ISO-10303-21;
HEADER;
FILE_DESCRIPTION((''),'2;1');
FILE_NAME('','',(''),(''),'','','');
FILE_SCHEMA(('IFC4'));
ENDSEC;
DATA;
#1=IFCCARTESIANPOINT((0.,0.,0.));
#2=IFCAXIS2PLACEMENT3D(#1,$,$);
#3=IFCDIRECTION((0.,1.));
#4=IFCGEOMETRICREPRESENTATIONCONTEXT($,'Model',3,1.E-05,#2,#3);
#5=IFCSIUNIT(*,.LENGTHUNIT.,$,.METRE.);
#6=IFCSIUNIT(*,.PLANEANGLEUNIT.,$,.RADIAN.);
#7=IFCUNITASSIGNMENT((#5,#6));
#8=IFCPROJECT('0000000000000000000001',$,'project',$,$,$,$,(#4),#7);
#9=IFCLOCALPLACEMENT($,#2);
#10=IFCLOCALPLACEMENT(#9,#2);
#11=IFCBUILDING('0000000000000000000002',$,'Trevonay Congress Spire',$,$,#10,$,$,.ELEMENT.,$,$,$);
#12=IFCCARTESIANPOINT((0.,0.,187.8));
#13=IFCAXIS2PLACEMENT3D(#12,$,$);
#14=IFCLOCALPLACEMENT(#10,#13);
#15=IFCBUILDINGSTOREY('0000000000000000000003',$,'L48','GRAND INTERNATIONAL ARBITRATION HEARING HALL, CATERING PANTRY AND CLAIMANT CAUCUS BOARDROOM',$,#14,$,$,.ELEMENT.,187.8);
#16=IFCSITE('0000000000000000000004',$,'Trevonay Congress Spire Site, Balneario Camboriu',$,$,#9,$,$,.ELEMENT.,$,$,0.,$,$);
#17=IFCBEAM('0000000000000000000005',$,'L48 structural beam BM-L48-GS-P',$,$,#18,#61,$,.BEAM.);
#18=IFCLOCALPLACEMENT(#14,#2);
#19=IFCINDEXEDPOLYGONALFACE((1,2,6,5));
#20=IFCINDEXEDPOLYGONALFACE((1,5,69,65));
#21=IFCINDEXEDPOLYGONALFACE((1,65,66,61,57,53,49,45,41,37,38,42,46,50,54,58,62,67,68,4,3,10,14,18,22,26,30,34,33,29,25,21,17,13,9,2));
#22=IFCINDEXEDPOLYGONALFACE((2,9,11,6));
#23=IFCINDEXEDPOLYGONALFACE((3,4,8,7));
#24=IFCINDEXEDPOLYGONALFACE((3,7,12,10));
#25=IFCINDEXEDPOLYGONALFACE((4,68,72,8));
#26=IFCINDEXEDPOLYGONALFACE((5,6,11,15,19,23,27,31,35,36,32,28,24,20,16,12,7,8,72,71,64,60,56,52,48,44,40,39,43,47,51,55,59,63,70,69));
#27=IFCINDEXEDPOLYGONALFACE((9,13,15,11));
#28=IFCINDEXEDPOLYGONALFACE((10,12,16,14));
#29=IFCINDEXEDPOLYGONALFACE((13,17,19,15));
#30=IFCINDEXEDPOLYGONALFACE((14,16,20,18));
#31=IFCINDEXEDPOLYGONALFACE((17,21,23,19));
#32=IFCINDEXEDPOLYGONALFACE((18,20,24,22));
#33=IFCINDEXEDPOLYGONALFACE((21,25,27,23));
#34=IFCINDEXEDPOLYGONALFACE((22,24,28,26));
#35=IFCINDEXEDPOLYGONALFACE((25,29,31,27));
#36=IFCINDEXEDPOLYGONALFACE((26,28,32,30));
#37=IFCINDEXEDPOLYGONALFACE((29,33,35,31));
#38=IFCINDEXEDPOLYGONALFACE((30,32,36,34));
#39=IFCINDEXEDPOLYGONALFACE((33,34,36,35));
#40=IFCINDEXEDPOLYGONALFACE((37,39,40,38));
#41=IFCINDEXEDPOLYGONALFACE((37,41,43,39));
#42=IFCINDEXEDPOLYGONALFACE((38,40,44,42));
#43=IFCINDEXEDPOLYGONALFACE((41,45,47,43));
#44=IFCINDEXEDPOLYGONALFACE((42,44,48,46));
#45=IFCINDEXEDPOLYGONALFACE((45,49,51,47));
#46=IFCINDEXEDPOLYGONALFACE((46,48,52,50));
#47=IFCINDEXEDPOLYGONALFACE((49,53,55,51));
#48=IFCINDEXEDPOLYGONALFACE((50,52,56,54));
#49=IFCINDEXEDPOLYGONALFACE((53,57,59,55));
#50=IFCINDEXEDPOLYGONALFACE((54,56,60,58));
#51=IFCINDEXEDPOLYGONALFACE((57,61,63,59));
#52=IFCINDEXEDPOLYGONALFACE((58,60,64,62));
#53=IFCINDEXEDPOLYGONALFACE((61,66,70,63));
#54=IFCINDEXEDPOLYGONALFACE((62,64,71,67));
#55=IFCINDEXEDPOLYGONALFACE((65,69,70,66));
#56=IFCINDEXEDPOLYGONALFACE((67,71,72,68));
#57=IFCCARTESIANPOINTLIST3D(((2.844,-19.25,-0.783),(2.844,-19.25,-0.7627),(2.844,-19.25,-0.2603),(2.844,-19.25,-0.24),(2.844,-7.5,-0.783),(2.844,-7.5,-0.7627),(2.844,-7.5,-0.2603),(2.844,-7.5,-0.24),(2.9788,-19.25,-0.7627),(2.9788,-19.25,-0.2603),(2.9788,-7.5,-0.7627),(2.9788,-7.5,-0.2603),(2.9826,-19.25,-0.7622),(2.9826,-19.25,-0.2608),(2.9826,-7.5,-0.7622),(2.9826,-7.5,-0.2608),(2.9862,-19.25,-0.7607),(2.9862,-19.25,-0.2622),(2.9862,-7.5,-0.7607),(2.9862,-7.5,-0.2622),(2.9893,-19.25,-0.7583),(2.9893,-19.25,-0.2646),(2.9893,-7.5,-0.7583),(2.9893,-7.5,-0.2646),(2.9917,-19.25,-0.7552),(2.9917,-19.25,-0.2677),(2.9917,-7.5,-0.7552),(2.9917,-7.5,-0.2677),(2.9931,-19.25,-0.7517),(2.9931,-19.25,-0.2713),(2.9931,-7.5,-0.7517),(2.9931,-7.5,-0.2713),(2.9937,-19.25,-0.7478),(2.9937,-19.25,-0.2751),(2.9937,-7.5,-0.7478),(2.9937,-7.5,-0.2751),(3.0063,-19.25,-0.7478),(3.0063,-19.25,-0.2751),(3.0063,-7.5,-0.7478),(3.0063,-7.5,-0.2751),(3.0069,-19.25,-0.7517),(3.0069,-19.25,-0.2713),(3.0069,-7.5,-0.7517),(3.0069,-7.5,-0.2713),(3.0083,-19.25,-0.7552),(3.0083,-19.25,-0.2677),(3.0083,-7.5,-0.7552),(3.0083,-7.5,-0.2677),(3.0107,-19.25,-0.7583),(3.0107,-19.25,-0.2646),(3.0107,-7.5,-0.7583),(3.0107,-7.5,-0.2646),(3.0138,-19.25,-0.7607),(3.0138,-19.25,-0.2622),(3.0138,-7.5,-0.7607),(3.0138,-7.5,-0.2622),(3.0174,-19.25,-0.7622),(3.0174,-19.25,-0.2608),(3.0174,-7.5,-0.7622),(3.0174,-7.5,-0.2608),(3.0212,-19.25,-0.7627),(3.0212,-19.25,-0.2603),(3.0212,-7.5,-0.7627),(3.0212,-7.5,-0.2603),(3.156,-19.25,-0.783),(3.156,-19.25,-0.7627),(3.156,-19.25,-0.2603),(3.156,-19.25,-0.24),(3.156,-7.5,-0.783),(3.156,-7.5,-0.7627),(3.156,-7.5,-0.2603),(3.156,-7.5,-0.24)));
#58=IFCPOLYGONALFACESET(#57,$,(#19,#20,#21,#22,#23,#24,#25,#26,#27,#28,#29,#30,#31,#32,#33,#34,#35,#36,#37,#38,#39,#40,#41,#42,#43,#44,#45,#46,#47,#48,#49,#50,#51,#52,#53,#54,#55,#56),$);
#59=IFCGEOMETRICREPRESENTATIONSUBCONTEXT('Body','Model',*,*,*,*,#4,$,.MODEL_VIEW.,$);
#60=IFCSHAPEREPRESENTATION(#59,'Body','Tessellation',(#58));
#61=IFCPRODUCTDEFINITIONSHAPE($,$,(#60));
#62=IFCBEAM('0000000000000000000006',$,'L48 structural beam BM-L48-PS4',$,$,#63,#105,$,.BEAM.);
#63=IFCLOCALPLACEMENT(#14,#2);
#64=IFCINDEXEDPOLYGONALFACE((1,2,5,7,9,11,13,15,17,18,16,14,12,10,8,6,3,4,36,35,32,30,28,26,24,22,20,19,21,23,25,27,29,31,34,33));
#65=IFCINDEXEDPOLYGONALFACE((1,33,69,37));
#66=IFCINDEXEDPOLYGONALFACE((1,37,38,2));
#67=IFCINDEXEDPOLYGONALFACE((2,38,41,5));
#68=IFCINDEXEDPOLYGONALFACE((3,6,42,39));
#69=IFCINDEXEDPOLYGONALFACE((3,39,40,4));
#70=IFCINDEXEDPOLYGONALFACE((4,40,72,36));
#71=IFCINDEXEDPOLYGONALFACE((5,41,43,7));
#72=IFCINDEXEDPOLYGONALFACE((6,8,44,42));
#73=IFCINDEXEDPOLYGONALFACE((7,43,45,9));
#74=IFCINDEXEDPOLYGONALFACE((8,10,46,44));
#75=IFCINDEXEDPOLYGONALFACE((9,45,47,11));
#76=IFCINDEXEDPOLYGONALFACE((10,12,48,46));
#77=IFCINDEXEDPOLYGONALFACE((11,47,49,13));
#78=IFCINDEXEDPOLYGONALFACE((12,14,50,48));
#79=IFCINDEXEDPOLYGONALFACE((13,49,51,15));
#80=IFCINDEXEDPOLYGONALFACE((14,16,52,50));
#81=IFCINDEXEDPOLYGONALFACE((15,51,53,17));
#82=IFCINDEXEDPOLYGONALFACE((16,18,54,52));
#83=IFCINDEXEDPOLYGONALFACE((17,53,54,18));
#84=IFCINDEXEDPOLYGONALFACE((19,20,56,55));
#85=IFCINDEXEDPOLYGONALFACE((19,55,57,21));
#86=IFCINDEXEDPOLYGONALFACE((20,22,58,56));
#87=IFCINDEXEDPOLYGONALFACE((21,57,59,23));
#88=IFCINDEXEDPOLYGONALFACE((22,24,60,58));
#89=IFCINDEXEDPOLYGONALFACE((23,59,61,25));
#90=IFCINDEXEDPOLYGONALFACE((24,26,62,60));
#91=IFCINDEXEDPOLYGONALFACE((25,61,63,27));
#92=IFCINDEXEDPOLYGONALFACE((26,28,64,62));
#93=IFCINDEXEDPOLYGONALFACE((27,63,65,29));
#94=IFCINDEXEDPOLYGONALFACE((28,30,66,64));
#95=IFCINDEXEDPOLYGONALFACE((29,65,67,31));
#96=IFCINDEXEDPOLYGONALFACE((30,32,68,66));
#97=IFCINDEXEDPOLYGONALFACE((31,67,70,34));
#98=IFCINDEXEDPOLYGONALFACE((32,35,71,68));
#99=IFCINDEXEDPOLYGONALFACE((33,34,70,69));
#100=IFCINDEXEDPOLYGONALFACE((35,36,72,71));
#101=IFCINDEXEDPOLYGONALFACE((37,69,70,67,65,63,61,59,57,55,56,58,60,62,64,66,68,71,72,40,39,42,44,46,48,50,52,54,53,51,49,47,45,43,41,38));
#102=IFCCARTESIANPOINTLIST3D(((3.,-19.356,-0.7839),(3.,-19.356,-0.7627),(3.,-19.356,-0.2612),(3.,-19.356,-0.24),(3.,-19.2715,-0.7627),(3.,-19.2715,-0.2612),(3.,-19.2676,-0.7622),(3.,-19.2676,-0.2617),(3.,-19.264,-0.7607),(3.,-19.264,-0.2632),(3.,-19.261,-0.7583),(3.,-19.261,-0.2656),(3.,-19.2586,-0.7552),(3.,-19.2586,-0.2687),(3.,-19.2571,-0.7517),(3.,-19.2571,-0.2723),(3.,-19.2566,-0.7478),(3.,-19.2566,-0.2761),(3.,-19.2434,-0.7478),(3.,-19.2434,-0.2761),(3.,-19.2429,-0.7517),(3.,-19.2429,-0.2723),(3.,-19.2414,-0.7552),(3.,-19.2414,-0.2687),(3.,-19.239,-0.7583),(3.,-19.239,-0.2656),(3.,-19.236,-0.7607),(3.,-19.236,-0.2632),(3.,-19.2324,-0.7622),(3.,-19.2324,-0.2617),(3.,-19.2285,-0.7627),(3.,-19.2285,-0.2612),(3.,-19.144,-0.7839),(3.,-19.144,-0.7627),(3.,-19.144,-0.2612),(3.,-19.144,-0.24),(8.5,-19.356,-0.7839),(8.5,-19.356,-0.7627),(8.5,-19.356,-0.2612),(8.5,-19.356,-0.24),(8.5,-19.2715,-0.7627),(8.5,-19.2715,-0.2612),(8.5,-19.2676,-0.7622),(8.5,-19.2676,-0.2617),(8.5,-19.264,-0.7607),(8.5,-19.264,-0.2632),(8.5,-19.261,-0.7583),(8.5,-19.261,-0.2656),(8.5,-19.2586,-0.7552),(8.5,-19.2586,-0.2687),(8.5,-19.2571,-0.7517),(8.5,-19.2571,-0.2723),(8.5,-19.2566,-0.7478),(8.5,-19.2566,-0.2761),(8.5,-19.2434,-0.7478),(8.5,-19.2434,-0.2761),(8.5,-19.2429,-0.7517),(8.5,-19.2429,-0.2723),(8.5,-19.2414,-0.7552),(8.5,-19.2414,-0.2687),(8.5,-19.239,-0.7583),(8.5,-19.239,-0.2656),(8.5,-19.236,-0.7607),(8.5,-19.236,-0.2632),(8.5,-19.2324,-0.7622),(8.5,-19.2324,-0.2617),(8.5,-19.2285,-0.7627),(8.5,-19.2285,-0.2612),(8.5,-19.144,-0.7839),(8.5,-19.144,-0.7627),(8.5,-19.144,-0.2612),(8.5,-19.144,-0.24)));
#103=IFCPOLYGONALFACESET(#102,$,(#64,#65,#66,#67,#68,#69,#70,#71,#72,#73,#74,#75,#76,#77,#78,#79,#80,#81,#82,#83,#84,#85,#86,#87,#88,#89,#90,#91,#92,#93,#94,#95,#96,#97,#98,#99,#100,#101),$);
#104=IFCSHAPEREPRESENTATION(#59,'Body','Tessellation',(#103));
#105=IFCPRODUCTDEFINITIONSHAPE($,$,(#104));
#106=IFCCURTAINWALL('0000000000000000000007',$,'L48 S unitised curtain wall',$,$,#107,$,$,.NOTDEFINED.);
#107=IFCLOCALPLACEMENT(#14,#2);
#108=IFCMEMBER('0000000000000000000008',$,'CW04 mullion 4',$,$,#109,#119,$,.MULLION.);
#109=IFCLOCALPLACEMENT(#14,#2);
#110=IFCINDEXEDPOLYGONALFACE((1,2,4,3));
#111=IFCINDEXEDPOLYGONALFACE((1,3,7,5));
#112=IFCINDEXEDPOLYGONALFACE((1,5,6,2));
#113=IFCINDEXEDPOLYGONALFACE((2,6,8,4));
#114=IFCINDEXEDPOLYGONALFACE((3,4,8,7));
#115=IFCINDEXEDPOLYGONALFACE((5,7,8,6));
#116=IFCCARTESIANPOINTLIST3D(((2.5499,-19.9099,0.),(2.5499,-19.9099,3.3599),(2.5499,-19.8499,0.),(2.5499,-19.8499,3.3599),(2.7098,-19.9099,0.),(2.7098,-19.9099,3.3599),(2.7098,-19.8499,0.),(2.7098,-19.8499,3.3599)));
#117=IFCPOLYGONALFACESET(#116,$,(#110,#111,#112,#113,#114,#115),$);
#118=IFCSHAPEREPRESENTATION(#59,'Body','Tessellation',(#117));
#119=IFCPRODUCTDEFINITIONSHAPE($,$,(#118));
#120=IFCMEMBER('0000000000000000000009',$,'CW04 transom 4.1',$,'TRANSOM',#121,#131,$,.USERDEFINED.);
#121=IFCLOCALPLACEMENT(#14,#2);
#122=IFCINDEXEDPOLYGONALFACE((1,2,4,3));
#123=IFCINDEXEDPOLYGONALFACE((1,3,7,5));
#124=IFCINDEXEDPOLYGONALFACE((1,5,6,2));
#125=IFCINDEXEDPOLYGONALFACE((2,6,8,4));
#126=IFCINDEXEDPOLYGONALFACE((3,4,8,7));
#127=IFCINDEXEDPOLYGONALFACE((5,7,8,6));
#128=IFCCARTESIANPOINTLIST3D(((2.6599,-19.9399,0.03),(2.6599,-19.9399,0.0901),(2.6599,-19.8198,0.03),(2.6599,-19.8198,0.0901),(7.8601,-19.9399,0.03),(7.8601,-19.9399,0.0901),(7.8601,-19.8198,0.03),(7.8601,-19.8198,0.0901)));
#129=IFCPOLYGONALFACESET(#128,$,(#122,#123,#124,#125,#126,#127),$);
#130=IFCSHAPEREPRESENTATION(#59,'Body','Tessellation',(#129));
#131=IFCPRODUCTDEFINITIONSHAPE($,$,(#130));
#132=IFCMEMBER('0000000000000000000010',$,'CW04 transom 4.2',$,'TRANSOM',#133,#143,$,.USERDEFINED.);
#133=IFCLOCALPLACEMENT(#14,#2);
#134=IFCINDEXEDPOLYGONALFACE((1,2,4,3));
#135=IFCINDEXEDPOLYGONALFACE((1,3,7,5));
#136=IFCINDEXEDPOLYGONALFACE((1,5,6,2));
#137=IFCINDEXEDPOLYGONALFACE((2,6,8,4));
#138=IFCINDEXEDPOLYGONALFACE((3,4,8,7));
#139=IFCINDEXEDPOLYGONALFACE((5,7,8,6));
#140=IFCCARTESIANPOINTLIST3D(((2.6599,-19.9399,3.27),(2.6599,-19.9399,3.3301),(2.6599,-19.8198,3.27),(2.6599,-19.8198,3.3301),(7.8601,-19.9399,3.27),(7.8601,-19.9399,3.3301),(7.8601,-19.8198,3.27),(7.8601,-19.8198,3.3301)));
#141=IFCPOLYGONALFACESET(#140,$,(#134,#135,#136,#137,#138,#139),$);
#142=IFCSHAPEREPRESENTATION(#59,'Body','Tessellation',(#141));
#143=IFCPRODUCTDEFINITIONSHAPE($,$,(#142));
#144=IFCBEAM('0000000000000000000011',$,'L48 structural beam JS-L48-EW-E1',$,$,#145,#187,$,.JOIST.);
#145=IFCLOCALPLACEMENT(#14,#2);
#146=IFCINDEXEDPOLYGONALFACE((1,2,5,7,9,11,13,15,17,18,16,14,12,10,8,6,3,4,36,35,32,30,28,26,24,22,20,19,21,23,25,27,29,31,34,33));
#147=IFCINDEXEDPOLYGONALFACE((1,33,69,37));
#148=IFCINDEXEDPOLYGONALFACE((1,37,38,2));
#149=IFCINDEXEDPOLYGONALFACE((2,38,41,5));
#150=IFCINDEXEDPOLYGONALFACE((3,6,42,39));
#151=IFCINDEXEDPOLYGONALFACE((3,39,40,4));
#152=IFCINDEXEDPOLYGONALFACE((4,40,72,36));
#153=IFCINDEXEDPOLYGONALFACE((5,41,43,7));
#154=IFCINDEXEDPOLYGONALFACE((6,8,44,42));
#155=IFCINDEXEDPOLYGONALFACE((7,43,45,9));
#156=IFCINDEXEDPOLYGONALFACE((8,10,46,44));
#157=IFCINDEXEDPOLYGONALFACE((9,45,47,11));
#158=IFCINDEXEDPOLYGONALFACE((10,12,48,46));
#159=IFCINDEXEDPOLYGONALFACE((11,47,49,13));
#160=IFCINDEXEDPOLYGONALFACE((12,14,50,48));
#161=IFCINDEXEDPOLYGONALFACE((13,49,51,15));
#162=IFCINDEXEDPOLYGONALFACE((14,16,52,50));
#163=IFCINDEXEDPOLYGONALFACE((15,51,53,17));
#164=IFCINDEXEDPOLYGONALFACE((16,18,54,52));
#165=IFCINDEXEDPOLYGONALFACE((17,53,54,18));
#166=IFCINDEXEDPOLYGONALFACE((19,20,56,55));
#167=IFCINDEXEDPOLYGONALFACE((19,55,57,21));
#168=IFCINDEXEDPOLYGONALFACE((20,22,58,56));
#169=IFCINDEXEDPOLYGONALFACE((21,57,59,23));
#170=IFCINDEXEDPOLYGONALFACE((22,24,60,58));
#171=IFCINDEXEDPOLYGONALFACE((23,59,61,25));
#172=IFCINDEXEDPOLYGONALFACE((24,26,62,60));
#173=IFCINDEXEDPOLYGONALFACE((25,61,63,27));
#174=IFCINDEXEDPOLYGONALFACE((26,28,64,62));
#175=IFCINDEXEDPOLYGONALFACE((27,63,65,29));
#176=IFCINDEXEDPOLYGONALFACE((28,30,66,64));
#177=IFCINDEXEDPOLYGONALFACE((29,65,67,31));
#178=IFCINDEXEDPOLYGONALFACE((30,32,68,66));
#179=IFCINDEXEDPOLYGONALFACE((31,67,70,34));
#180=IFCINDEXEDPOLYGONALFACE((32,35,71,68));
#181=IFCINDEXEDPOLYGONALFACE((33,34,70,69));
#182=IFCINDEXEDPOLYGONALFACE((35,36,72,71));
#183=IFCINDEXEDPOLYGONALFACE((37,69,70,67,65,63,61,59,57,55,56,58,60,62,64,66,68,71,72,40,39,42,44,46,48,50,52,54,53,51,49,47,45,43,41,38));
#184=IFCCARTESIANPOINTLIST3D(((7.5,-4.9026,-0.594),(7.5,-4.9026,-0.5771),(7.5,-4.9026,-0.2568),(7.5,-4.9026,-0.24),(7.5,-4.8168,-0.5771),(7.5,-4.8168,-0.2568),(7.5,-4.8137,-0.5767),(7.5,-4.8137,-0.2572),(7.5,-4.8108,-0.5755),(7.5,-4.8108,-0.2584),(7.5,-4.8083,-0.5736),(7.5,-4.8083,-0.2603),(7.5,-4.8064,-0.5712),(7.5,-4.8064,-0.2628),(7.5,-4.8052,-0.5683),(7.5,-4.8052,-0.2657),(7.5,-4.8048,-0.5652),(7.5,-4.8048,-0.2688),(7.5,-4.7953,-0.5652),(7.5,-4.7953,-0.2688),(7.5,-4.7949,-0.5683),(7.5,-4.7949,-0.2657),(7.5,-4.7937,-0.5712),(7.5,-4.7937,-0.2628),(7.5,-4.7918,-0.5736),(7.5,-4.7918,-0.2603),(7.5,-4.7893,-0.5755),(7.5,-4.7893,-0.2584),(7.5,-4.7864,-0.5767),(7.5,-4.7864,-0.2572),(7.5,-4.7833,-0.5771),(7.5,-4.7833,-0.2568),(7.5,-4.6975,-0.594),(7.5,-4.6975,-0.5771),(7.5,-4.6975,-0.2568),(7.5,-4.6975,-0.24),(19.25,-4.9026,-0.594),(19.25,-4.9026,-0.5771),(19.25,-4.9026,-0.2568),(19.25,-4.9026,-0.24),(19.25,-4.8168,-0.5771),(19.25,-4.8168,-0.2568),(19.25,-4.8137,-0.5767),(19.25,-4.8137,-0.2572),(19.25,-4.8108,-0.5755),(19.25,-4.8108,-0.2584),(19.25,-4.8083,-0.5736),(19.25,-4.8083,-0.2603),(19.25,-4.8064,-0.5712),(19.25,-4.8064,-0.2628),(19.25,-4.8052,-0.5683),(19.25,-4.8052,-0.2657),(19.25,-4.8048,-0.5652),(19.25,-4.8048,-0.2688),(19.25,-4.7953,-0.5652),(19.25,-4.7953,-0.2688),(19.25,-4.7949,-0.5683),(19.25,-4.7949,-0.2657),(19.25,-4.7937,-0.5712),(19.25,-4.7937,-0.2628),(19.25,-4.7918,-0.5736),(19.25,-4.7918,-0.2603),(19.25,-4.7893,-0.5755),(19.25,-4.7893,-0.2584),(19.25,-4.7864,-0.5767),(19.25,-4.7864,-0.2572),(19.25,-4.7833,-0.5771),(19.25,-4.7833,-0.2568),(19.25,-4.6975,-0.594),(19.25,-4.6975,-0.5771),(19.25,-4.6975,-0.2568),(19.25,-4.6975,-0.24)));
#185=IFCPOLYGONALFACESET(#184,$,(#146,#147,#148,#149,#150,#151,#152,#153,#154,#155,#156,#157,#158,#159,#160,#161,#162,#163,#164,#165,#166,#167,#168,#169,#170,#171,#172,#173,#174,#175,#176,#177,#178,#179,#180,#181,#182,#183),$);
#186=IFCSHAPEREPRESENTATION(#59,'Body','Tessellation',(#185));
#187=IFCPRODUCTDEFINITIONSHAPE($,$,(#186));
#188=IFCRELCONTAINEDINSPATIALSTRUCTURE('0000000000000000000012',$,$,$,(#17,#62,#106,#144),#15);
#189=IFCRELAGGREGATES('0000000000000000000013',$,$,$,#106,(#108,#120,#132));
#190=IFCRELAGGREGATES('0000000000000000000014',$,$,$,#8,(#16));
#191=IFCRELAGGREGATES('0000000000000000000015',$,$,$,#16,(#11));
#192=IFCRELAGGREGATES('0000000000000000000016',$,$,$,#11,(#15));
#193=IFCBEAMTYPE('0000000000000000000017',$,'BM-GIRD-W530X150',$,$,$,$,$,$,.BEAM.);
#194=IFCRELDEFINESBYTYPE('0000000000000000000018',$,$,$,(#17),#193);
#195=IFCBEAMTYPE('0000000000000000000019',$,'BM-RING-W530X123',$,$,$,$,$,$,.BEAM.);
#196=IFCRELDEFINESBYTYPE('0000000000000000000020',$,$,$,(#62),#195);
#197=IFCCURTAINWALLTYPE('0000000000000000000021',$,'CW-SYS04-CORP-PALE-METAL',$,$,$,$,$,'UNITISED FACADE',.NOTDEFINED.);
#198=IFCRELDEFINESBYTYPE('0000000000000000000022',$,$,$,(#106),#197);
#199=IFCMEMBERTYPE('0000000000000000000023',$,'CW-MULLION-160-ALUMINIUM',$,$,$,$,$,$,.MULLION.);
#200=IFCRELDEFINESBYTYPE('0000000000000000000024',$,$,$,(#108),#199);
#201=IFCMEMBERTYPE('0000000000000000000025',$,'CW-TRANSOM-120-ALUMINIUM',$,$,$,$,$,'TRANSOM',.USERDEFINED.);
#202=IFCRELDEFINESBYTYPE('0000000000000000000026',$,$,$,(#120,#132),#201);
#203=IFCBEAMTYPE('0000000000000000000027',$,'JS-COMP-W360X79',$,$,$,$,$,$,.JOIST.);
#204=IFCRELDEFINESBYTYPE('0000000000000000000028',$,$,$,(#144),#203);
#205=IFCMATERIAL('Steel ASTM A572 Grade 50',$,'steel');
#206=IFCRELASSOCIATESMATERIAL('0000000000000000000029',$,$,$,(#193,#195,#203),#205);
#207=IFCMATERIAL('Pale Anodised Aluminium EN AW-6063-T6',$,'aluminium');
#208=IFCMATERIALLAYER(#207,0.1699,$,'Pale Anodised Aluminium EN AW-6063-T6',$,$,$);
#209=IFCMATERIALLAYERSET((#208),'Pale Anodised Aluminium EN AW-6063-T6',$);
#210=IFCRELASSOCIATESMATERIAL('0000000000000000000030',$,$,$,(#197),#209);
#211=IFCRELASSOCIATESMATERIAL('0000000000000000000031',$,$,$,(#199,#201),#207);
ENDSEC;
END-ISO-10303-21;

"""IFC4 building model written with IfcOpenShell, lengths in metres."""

from ifc_helpers import new_model, si_unit, direction, frame, origin, origin_2d, place, context, subcontext, project, spatial, rectangle, i_section, extrude, material, layer, layer_set, material_profile, profile_set, type_object, element, aggregate, save


model = new_model("IFC4")

# Units and contexts
model_context = context("Model", 3, precision=1e-05, world=origin(), true_north=direction((0.0, 1.0)))
body_context = subcontext(model_context, "Body", "Model", "MODEL_VIEW")
ifc_project = project(units=[si_unit("LENGTHUNIT", "METRE"), si_unit("PLANEANGLEUNIT", "RADIAN")], contexts=[model_context])

# Site, building, storey
site_placement = place(None, origin())
site = spatial("IfcSite", under=ifc_project, at=site_placement, Name="Trevonay Congress Spire Site, Balneario Camboriu", CompositionType="ELEMENT", RefElevation=0.0)
building_placement = place(site_placement, origin())
building = spatial("IfcBuilding", under=site, at=building_placement, Name="Trevonay Congress Spire", CompositionType="ELEMENT")
storey_placement = place(building_placement, frame((0.0, 0.0, 187.8)))
storey = spatial("IfcBuildingStorey", under=building, at=storey_placement, Name="L48", Description="GRAND INTERNATIONAL ARBITRATION HEARING HALL, CATERING PANTRY AND CLAIMANT CAUCUS BOARDROOM", CompositionType="ELEMENT", Elevation=187.8)

# Shared definitions
ifc_material_1 = material(Name="Steel ASTM A572 Grade 50", Category="steel")

# Beams
ifc_material_profile_1 = material_profile(ifc_material_1, i_section(OverallWidth=0.312, OverallDepth=0.543, WebThickness=0.0127, FlangeThickness=0.0203, FilletRadius=0.0149, at=origin_2d()), Name="W530x150")
ifc_profile_set_1 = profile_set([ifc_material_profile_1], Name="Steel ASTM A572 Grade 50")
beam_type_1 = type_object("IfcBeamType", Name="BM-GIRD-W530X150", PredefinedType="BEAM", material=ifc_profile_set_1)
beam_1_placement = place(storey_placement, frame((3.0, -7.5, -0.5115), z_axis=(0.0, -1.0, 0.0), x_axis=(1.0, 0.0, 0.0)))
element("IfcBeam", 1, at=beam_1_placement, inside=storey, type_object=beam_type_1, Name="L48 structural beam BM-L48-GS-P", PredefinedType="BEAM", context=body_context, shape_type="SweptSolid", body=[
    extrude(i_section(OverallWidth=0.312, OverallDepth=0.543, WebThickness=0.0127, FlangeThickness=0.0203, FilletRadius=0.0149, at=origin_2d()), origin(), (0.0, 0.0, 1.0), 11.75),
])
ifc_material_profile_2 = material_profile(ifc_material_1, i_section(OverallWidth=0.2119, OverallDepth=0.5439, WebThickness=0.0132, FlangeThickness=0.0212, FilletRadius=0.0149, at=origin_2d()), Name="W530x123")
ifc_profile_set_2 = profile_set([ifc_material_profile_2], Name="Steel ASTM A572 Grade 50")
beam_type_2 = type_object("IfcBeamType", Name="BM-RING-W530X123", PredefinedType="BEAM", material=ifc_profile_set_2)
beam_2_placement = place(storey_placement, frame((3.0, -19.25, -0.512), z_axis=(1.0, 0.0, 0.0), x_axis=(0.0, 1.0, 0.0)))
element("IfcBeam", 2, at=beam_2_placement, inside=storey, type_object=beam_type_2, Name="L48 structural beam BM-L48-PS4", PredefinedType="BEAM", context=body_context, shape_type="SweptSolid", body=[
    extrude(i_section(OverallWidth=0.2119, OverallDepth=0.5439, WebThickness=0.0132, FlangeThickness=0.0212, FilletRadius=0.0149, at=origin_2d()), origin(), (0.0, 0.0, 1.0), 5.5),
])

# Curtain wall, members
ifc_material_2 = material(Name="Pale Anodised Aluminium EN AW-6063-T6", Category="aluminium")
ifc_layer_1 = layer(ifc_material_2, 0.1699, Name="Pale Anodised Aluminium EN AW-6063-T6")
ifc_layer_set_1 = layer_set([ifc_layer_1], Name="Pale Anodised Aluminium EN AW-6063-T6")
curtain_wall_type = type_object("IfcCurtainWallType", Name="CW-SYS04-CORP-PALE-METAL", ElementType="UNITISED FACADE", PredefinedType="NOTDEFINED", material=ifc_layer_set_1)
curtain_wall_placement = place(storey_placement, origin())
curtain_wall = element("IfcCurtainWall", 3, at=curtain_wall_placement, inside=storey, type_object=curtain_wall_type, Name="L48 S unitised curtain wall", PredefinedType="NOTDEFINED")
ifc_material_profile_3 = material_profile(ifc_material_2, rectangle(XDim=0.0601, YDim=0.1599, at=origin_2d()), Name="CW-MULLION-160-ALUMINIUM")
ifc_profile_set_3 = profile_set([ifc_material_profile_3], Name="Pale Anodised Aluminium EN AW-6063-T6")
member_type_1 = type_object("IfcMemberType", Name="CW-MULLION-160-ALUMINIUM", PredefinedType="MULLION", material=ifc_profile_set_3)
member_1_placement = place(storey_placement, frame((2.6299, -19.8799, 0.0), z_axis=(0.0, 0.0, 1.0), x_axis=(0.0, 1.0, 0.0)))
member_1 = element("IfcMember", 4, at=member_1_placement, type_object=member_type_1, Name="CW04 mullion 4", PredefinedType="MULLION", context=body_context, shape_type="SweptSolid", body=[
    extrude(rectangle(XDim=0.0601, YDim=0.1599, at=origin_2d()), origin(), (0.0, 0.0, 1.0), 3.3599),
])
ifc_material_profile_4 = material_profile(ifc_material_2, rectangle(XDim=0.1201, YDim=0.0601, at=origin_2d()), Name="CW-TRANSOM-120-ALUMINIUM")
ifc_profile_set_4 = profile_set([ifc_material_profile_4], Name="Pale Anodised Aluminium EN AW-6063-T6")
member_type_2 = type_object("IfcMemberType", Name="CW-TRANSOM-120-ALUMINIUM", ElementType="TRANSOM", PredefinedType="USERDEFINED", material=ifc_profile_set_4)
member_2_placement = place(storey_placement, frame((2.6599, -19.8799, 0.0601), z_axis=(1.0, 0.0, 0.0), x_axis=(0.0, 1.0, 0.0)))
member_2 = element("IfcMember", 5, at=member_2_placement, type_object=member_type_2, Name="CW04 transom 4.1", ObjectType="TRANSOM", PredefinedType="USERDEFINED", context=body_context, shape_type="SweptSolid", body=[
    extrude(rectangle(XDim=0.1201, YDim=0.0601, at=origin_2d()), origin(), (0.0, 0.0, 1.0), 5.2002),
])
member_3_placement = place(storey_placement, frame((2.6599, -19.8799, 3.3), z_axis=(1.0, 0.0, 0.0), x_axis=(0.0, 1.0, 0.0)))
member_3 = element("IfcMember", 6, at=member_3_placement, type_object=member_type_2, Name="CW04 transom 4.2", ObjectType="TRANSOM", PredefinedType="USERDEFINED", context=body_context, shape_type="SweptSolid", body=[
    extrude(rectangle(XDim=0.1201, YDim=0.0601, at=origin_2d()), origin(), (0.0, 0.0, 1.0), 5.2002),
])

# Beam
ifc_material_profile_5 = material_profile(ifc_material_1, i_section(OverallWidth=0.2051, OverallDepth=0.354, WebThickness=0.0095, FlangeThickness=0.0168, FilletRadius=0.012, at=origin_2d()), Name="W360x79")
ifc_profile_set_5 = profile_set([ifc_material_profile_5], Name="Steel ASTM A572 Grade 50")
beam_type_3 = type_object("IfcBeamType", Name="JS-COMP-W360X79", PredefinedType="JOIST", material=ifc_profile_set_5)
for number, where, z_axis, x_axis, name in (
    (7, (7.5, -4.8, -0.417), (1.0, 0.0, 0.0), (0.0, 1.0, 0.0), "L48 structural beam JS-L48-EW-E1"),
):
    element("IfcBeam", number, at=place(storey_placement, frame(where, z_axis=z_axis, x_axis=x_axis)), inside=storey, type_object=beam_type_3, Name=name, PredefinedType="JOIST", context=body_context, shape_type="SweptSolid", body=[
        extrude(i_section(OverallWidth=0.2051, OverallDepth=0.354, WebThickness=0.0095, FlangeThickness=0.0168, FilletRadius=0.012, at=origin_2d()), origin(), (0.0, 0.0, 1.0), 11.75),
    ])

aggregate(curtain_wall, [member_1, member_2, member_3])

save(model, "model.ifc")
